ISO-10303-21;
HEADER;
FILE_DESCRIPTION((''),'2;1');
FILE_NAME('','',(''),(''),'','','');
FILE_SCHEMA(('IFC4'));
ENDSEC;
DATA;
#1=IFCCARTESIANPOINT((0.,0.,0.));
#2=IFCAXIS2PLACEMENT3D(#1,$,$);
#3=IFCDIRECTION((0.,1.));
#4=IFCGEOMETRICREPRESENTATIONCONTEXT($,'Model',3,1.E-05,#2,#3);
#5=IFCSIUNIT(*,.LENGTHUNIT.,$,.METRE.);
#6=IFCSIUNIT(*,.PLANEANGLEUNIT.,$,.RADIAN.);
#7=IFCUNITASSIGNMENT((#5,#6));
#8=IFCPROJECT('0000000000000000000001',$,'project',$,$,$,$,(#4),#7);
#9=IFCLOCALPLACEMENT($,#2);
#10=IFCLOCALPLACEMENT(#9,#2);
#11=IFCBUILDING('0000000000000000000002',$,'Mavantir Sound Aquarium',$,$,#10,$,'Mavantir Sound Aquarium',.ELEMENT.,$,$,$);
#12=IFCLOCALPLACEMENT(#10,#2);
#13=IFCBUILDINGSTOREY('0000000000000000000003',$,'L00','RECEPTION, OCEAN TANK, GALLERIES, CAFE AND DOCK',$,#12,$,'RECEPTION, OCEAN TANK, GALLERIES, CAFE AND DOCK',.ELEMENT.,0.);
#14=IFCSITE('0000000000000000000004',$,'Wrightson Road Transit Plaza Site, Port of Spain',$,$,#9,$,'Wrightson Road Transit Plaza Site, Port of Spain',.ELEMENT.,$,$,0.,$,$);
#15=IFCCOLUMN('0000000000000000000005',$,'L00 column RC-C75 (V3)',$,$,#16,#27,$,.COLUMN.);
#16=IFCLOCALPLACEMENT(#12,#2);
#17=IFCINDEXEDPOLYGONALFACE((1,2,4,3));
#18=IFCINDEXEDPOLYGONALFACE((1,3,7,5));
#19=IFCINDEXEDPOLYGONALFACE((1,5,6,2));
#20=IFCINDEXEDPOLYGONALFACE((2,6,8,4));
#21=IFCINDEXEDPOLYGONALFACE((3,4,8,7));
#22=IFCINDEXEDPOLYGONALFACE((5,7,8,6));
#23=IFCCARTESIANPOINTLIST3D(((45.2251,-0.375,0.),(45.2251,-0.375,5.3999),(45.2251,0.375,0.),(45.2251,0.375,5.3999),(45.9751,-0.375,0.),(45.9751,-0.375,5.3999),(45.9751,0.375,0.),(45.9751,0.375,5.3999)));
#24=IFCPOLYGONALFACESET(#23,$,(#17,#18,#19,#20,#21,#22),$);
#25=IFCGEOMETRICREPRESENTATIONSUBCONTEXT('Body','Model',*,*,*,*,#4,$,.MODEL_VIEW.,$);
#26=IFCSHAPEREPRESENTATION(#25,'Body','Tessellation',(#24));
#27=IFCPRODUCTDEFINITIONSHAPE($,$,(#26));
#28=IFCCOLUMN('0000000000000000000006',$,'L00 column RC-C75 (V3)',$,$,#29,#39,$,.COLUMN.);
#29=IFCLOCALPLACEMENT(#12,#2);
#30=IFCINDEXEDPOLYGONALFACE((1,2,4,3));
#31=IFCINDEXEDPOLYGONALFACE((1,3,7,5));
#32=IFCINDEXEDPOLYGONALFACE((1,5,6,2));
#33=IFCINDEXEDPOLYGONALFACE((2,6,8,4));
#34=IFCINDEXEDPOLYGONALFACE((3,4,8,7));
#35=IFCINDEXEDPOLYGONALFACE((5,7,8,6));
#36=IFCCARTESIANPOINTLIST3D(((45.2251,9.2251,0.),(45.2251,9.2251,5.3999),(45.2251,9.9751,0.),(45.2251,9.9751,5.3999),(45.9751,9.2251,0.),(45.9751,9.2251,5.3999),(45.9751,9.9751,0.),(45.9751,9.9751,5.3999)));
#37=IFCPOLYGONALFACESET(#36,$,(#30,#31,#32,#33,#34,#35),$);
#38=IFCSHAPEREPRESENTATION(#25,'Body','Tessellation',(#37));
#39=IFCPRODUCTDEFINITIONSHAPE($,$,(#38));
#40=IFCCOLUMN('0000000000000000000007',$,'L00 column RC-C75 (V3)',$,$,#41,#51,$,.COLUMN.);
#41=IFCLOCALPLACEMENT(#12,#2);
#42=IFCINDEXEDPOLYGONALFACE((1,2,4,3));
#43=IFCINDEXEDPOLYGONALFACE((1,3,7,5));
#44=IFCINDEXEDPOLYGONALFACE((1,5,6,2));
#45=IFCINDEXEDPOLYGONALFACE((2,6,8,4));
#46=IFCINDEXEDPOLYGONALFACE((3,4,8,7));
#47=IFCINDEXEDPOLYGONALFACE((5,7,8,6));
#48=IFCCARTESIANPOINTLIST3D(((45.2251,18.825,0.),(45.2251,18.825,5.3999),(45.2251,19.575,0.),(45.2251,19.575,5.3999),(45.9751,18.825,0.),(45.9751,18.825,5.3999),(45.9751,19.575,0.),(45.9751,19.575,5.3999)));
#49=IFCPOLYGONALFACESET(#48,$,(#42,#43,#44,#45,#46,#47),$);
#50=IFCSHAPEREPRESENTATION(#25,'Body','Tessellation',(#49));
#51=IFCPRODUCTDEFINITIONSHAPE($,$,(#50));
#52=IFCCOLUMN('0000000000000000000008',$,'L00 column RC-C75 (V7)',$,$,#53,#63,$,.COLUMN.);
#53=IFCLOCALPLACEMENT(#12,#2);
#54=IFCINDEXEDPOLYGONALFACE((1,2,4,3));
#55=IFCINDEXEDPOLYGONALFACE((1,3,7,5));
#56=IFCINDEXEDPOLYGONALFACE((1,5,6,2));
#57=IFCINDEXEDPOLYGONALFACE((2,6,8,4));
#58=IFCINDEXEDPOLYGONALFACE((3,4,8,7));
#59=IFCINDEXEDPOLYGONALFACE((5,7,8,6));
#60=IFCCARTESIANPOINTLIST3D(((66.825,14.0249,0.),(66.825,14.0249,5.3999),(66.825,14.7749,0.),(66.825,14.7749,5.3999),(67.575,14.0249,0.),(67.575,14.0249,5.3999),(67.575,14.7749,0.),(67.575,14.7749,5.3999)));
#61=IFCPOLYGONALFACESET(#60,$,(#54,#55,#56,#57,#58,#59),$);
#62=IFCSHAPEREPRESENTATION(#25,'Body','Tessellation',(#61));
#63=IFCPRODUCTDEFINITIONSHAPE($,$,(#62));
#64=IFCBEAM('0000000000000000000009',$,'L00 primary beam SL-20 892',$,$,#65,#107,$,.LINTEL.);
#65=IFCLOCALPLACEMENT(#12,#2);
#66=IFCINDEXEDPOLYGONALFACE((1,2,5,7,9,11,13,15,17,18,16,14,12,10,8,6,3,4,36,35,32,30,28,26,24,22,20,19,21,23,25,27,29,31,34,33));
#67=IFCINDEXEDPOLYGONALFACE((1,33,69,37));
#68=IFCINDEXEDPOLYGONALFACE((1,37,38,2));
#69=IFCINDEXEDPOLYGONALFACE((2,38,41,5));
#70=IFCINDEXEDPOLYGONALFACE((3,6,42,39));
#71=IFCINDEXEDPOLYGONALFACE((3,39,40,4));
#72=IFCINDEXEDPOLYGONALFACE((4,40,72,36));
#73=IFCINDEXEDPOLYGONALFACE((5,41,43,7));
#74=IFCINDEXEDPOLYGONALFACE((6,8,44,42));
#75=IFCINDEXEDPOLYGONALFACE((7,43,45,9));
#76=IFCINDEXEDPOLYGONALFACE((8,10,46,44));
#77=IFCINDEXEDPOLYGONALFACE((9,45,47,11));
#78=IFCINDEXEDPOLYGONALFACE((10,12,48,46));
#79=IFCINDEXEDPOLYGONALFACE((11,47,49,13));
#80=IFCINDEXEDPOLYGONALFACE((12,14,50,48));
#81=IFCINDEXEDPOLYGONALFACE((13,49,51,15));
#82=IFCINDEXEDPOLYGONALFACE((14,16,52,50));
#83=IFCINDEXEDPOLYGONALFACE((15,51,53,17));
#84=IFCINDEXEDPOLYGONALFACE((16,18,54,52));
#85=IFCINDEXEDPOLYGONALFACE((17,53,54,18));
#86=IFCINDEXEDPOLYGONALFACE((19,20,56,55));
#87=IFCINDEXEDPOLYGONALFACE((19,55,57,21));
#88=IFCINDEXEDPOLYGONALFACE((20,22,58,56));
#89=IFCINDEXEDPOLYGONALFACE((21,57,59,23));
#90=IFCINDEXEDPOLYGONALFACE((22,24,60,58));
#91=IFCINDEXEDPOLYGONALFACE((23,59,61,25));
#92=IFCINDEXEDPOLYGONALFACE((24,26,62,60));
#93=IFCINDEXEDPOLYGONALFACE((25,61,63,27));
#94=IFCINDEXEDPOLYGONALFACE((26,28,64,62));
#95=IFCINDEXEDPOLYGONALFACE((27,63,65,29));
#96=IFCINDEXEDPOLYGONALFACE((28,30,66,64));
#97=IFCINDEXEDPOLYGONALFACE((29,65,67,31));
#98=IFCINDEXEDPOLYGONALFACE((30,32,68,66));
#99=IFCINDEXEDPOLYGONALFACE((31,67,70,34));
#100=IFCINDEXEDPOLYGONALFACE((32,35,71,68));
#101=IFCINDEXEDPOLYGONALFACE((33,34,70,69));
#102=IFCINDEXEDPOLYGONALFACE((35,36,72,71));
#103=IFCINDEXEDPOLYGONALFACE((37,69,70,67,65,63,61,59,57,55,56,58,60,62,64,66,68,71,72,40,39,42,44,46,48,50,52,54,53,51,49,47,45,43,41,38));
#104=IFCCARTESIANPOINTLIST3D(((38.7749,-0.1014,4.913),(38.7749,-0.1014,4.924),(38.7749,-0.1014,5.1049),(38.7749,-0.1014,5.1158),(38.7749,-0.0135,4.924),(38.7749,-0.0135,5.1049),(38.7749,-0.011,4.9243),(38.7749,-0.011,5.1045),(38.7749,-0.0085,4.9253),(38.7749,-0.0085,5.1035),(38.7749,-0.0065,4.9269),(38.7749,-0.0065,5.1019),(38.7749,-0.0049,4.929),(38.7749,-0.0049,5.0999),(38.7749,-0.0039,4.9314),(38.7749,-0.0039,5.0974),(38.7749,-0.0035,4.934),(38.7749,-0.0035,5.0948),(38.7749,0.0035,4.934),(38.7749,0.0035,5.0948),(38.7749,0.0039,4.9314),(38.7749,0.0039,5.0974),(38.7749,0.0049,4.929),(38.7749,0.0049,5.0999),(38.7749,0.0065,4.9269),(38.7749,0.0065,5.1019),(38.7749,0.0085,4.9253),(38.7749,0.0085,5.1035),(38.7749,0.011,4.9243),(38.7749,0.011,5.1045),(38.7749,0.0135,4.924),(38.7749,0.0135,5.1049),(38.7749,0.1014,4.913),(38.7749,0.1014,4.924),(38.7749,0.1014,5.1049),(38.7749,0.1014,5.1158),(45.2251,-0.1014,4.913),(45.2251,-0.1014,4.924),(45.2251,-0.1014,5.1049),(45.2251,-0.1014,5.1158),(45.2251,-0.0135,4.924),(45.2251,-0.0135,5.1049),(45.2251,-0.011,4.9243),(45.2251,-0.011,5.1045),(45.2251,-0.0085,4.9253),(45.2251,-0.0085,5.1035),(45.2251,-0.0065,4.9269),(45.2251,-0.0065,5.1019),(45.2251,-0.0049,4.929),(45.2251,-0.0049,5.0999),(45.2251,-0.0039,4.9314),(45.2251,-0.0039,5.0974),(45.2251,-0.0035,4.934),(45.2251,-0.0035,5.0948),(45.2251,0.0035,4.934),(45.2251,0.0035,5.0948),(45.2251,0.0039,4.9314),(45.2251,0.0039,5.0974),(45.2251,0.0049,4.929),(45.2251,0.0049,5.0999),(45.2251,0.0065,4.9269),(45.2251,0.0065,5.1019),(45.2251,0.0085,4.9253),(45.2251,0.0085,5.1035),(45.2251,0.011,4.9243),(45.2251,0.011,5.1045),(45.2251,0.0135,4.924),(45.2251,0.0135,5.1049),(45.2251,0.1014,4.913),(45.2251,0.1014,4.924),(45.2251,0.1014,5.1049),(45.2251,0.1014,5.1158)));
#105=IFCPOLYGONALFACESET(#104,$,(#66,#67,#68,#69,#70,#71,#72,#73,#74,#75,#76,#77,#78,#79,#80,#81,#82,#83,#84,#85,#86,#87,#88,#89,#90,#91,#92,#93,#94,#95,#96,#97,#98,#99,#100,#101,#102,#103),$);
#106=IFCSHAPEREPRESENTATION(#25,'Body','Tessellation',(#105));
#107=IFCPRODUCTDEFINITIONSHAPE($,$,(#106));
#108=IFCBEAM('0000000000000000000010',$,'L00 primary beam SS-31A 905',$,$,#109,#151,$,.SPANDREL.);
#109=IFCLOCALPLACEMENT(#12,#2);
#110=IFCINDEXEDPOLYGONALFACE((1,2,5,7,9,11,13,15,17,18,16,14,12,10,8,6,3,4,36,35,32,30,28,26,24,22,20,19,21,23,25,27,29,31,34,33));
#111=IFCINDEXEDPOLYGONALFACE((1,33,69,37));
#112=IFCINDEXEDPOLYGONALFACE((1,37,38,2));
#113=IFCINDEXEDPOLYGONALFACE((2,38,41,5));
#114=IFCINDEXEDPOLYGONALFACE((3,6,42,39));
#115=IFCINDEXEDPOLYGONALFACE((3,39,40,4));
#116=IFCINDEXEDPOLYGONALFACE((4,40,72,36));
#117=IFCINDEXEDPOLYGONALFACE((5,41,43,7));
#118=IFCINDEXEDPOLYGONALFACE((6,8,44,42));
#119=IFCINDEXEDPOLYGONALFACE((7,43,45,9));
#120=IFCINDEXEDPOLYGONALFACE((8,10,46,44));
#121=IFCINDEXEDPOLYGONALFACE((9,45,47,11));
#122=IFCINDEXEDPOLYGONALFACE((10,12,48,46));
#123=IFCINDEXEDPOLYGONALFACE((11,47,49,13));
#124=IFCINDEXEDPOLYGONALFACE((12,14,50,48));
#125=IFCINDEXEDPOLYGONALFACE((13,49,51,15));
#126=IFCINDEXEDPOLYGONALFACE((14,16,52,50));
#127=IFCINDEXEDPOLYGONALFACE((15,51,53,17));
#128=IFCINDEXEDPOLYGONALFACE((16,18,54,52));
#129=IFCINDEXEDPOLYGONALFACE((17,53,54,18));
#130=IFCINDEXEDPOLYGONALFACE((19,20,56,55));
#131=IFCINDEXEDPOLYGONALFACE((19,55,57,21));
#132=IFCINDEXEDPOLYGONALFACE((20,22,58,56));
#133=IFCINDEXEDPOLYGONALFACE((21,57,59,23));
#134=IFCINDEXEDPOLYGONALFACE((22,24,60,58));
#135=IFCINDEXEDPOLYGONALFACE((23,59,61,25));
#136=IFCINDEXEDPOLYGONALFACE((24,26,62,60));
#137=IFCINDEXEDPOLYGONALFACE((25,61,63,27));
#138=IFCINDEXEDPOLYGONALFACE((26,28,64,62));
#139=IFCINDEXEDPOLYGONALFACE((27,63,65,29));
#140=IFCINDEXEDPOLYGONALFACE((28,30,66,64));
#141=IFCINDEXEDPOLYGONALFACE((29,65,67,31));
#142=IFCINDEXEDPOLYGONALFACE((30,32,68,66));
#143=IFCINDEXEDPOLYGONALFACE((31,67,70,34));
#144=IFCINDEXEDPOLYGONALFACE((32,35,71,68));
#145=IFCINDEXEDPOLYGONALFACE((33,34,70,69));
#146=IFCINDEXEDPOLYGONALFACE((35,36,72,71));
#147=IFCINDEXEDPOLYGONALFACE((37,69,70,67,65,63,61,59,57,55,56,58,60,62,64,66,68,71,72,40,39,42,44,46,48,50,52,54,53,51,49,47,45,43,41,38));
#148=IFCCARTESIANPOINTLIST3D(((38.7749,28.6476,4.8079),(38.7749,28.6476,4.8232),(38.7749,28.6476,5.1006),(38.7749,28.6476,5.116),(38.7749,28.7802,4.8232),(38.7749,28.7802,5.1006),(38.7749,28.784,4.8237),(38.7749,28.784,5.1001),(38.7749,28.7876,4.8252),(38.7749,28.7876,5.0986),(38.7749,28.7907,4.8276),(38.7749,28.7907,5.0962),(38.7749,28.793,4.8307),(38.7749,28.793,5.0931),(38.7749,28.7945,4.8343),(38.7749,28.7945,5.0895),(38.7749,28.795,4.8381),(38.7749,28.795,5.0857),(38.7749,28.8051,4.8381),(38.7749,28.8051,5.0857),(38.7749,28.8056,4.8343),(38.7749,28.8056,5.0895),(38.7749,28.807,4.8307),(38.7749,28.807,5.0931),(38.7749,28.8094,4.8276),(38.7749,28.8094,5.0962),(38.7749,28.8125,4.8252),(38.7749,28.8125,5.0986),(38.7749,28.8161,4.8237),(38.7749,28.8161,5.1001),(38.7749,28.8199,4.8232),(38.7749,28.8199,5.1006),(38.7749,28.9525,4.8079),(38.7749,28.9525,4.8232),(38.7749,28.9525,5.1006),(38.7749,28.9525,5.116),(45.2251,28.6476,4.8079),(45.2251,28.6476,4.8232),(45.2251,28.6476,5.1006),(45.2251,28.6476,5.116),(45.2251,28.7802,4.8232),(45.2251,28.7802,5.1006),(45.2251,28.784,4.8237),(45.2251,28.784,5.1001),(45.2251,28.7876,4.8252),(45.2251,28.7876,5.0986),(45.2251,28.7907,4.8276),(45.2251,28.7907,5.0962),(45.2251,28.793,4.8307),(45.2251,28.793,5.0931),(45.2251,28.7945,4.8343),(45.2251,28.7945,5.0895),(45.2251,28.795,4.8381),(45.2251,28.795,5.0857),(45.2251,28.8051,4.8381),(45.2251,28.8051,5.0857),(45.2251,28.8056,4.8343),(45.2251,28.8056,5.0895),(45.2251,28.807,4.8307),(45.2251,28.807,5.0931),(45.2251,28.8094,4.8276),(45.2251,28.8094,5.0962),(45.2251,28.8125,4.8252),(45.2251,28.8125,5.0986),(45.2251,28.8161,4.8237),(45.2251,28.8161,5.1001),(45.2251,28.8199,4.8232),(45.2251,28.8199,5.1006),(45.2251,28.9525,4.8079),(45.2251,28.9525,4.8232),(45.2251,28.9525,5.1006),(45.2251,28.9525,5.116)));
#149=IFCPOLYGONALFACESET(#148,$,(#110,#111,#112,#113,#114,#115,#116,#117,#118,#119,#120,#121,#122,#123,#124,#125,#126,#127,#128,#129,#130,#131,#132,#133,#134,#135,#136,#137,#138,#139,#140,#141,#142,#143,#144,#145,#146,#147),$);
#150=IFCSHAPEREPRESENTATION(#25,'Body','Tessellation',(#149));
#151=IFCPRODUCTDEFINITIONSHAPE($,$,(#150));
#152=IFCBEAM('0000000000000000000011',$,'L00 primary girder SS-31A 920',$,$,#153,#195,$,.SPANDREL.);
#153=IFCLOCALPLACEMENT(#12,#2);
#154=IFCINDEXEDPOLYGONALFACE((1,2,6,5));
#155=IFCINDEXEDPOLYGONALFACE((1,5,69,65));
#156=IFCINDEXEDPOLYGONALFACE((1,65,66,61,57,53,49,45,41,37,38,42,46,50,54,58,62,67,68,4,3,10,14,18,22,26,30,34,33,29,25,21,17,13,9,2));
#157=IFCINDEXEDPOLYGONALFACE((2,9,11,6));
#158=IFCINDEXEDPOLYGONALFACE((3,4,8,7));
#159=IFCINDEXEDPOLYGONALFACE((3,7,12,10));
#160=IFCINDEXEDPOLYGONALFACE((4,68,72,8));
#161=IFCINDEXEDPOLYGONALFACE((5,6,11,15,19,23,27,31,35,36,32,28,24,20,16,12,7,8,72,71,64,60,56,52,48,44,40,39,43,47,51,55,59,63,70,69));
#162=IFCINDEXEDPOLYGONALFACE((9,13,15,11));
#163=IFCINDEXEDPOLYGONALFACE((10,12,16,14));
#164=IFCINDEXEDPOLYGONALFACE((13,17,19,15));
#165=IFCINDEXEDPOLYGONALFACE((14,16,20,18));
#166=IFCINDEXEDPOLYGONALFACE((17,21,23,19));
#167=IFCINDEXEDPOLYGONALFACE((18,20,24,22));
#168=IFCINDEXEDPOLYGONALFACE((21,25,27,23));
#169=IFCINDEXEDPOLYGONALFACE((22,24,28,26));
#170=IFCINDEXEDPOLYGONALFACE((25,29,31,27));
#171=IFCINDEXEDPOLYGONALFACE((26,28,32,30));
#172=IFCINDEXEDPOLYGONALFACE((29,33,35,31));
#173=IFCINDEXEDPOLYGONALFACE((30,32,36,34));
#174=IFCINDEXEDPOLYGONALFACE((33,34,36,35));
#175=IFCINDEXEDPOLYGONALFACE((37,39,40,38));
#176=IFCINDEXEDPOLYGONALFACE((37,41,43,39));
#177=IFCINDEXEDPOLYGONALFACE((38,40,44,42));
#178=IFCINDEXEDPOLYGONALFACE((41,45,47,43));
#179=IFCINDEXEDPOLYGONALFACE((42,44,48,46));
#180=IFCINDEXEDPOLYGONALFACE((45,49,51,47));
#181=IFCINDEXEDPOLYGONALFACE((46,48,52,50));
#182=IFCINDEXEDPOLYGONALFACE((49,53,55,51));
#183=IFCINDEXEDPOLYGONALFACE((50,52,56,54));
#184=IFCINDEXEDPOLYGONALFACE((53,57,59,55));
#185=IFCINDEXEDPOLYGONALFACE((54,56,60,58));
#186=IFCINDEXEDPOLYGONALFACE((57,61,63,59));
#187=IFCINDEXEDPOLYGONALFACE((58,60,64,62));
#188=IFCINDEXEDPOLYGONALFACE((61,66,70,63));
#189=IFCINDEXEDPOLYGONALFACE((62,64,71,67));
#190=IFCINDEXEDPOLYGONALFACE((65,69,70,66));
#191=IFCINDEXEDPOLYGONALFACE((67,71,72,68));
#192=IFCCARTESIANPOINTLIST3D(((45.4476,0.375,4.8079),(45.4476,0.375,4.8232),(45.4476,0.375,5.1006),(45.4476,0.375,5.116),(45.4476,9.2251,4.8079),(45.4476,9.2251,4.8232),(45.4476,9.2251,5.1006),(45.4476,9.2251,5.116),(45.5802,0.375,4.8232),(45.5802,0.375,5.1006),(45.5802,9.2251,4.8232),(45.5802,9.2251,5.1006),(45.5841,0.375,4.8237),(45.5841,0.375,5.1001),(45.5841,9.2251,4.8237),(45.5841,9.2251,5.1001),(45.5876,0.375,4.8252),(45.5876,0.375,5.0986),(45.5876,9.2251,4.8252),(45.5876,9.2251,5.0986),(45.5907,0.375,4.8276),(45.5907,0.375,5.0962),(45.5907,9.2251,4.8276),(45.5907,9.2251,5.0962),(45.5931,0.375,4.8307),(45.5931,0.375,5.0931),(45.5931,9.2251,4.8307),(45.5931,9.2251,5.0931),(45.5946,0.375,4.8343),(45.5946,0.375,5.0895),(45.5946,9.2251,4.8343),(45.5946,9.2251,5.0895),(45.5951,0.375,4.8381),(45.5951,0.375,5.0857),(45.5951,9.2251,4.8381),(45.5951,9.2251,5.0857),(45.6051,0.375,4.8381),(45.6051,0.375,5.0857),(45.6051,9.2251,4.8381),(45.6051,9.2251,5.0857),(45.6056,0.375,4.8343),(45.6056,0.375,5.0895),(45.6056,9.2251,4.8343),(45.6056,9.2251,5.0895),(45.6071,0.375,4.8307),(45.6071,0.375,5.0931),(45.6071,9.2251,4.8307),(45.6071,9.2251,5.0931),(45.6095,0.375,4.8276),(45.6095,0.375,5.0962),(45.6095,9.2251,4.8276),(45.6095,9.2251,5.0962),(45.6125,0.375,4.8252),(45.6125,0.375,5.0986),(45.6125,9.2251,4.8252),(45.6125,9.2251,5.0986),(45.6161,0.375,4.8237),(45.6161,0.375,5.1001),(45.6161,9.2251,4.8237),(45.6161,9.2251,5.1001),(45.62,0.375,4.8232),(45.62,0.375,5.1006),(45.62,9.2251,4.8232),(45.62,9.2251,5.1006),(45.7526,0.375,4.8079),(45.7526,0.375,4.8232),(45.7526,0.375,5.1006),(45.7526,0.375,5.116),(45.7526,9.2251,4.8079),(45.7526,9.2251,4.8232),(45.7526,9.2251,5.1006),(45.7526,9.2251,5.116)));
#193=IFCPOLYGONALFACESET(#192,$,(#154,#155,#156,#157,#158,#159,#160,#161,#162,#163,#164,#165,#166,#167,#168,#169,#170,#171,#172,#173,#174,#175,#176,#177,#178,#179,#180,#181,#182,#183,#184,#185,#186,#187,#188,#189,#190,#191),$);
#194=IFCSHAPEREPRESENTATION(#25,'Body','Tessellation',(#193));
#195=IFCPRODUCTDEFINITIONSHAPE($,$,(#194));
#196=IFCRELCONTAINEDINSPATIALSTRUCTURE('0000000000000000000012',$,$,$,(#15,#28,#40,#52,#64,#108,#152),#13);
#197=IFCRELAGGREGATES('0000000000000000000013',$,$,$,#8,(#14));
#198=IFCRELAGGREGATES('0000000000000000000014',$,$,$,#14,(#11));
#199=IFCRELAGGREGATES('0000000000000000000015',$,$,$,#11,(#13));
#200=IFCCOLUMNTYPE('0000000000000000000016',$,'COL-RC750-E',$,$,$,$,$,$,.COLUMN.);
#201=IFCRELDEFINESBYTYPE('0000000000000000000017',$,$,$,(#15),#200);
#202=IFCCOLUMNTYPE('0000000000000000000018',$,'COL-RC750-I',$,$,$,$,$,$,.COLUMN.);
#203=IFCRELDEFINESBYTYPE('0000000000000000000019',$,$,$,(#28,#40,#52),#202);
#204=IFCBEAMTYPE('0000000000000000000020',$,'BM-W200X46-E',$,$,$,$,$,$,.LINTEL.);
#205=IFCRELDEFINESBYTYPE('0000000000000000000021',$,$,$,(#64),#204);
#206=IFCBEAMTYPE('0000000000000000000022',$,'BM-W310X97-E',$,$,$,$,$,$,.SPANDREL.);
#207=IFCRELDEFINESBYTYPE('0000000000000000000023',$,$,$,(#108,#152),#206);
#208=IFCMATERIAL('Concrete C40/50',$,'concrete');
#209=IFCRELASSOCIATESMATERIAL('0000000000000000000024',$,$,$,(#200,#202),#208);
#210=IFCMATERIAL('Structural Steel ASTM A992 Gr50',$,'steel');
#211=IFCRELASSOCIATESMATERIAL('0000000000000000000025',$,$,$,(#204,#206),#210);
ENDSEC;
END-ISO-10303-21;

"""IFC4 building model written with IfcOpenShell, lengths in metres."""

from ifc_helpers import new_model, si_unit, direction, frame, origin, origin_2d, place, context, subcontext, project, spatial, rectangle, i_section, extrude, material, material_profile, profile_set, type_object, element, save


model = new_model("IFC4")

# Units and contexts
model_context = context("Model", 3, precision=1e-05, world=origin(), true_north=direction((0.0, 1.0)))
body_context = subcontext(model_context, "Body", "Model", "MODEL_VIEW")
ifc_project = project(units=[si_unit("LENGTHUNIT", "METRE"), si_unit("PLANEANGLEUNIT", "RADIAN")], contexts=[model_context])

# Site, building, storey
site_placement = place(None, origin())
site = spatial("IfcSite", under=ifc_project, at=site_placement, Name="Wrightson Road Transit Plaza Site, Port of Spain", LongName="Wrightson Road Transit Plaza Site, Port of Spain", CompositionType="ELEMENT", RefElevation=0.0)
building_placement = place(site_placement, origin())
building = spatial("IfcBuilding", under=site, at=building_placement, Name="Mavantir Sound Aquarium", LongName="Mavantir Sound Aquarium", CompositionType="ELEMENT")
storey_placement = place(building_placement, origin())
storey = spatial("IfcBuildingStorey", under=building, at=storey_placement, Name="L00", Description="RECEPTION, OCEAN TANK, GALLERIES, CAFE AND DOCK", LongName="RECEPTION, OCEAN TANK, GALLERIES, CAFE AND DOCK", CompositionType="ELEMENT", Elevation=0.0)

# Columns
ifc_material_1 = material(Name="Concrete C40/50", Category="concrete")
ifc_material_profile_1 = material_profile(ifc_material_1, rectangle(XDim=0.75, YDim=0.75, at=origin_2d()), Name="RC 750X750")
ifc_profile_set_1 = profile_set([ifc_material_profile_1], Name="Concrete C40/50")
column_type_1 = type_object("IfcColumnType", Name="COL-RC750-E", PredefinedType="COLUMN", material=ifc_profile_set_1)
column_placement = place(storey_placement, frame((45.6001, 0.0, 0.0), z_axis=(0.0, 0.0, 1.0), x_axis=(1.0, 0.0, 0.0)))
element("IfcColumn", 1, at=column_placement, inside=storey, type_object=column_type_1, Name="L00 column RC-C75 (V3)", PredefinedType="COLUMN", context=body_context, shape_type="SweptSolid", body=[
    extrude(rectangle(XDim=0.75, YDim=0.75, at=origin_2d()), origin(), (0.0, 0.0, 1.0), 5.3999),
])
ifc_material_profile_2 = material_profile(ifc_material_1, rectangle(XDim=0.75, YDim=0.75, at=origin_2d()), Name="RC 750X750")
ifc_profile_set_2 = profile_set([ifc_material_profile_2], Name="Concrete C40/50")
column_type_2 = type_object("IfcColumnType", Name="COL-RC750-I", PredefinedType="COLUMN", material=ifc_profile_set_2)
for number, where, z_axis, x_axis, name in (
    (2, (45.6001, 9.6001, 0.0), (0.0, 0.0, 1.0), (1.0, 0.0, 0.0), "L00 column RC-C75 (V3)"),
    (3, (45.6001, 19.2, 0.0), (0.0, 0.0, 1.0), (1.0, 0.0, 0.0), "L00 column RC-C75 (V3)"),
    (4, (67.2, 14.3999, 0.0), (0.0, 0.0, 1.0), (1.0, 0.0, 0.0), "L00 column RC-C75 (V7)"),
):
    element("IfcColumn", number, at=place(storey_placement, frame(where, z_axis=z_axis, x_axis=x_axis)), inside=storey, type_object=column_type_2, Name=name, PredefinedType="COLUMN", context=body_context, shape_type="SweptSolid", body=[
        extrude(rectangle(XDim=0.75, YDim=0.75, at=origin_2d()), origin(), (0.0, 0.0, 1.0), 5.3999),
    ])

# Beams
ifc_material_2 = material(Name="Structural Steel ASTM A992 Gr50", Category="steel")
ifc_material_profile_3 = material_profile(ifc_material_2, i_section(OverallWidth=0.2029, OverallDepth=0.2029, WebThickness=0.0071, FlangeThickness=0.011, FilletRadius=0.01, at=origin_2d()), Name="W200X46")
ifc_profile_set_3 = profile_set([ifc_material_profile_3], Name="Structural Steel ASTM A992 Gr50")
beam_type_1 = type_object("IfcBeamType", Name="BM-W200X46-E", PredefinedType="LINTEL", material=ifc_profile_set_3)
beam_1_placement = place(storey_placement, frame((38.7749, 0.0, 5.0144), z_axis=(1.0, 0.0, 0.0), x_axis=(0.0, 1.0, 0.0)))
element("IfcBeam", 5, at=beam_1_placement, inside=storey, type_object=beam_type_1, Name="L00 primary beam SL-20 892", PredefinedType="LINTEL", context=body_context, shape_type="SweptSolid", body=[
    extrude(i_section(OverallWidth=0.2029, OverallDepth=0.2029, WebThickness=0.0071, FlangeThickness=0.011, FilletRadius=0.01, at=origin_2d()), origin(), (0.0, 0.0, 1.0), 6.4502),
])
ifc_material_profile_4 = material_profile(ifc_material_2, i_section(OverallWidth=0.3049, OverallDepth=0.3081, WebThickness=0.01, FlangeThickness=0.0154, FilletRadius=0.0149, at=origin_2d()), Name="W310X97")
ifc_profile_set_4 = profile_set([ifc_material_profile_4], Name="Structural Steel ASTM A992 Gr50")
beam_type_2 = type_object("IfcBeamType", Name="BM-W310X97-E", PredefinedType="SPANDREL", material=ifc_profile_set_4)
beam_2_placement = place(storey_placement, frame((38.7749, 28.8, 4.9619), z_axis=(1.0, 0.0, 0.0), x_axis=(0.0, 1.0, 0.0)))
element("IfcBeam", 6, at=beam_2_placement, inside=storey, type_object=beam_type_2, Name="L00 primary beam SS-31A 905", PredefinedType="SPANDREL", context=body_context, shape_type="SweptSolid", body=[
    extrude(i_section(OverallWidth=0.3049, OverallDepth=0.3081, WebThickness=0.01, FlangeThickness=0.0154, FilletRadius=0.0149, at=origin_2d()), origin(), (0.0, 0.0, 1.0), 6.4502),
])
beam_3_placement = place(storey_placement, frame((45.6001, 0.375, 4.9619), z_axis=(0.0, 1.0, 0.0), x_axis=(-1.0, 0.0, 0.0)))
element("IfcBeam", 7, at=beam_3_placement, inside=storey, type_object=beam_type_2, Name="L00 primary girder SS-31A 920", PredefinedType="SPANDREL", context=body_context, shape_type="SweptSolid", body=[
    extrude(i_section(OverallWidth=0.3049, OverallDepth=0.3081, WebThickness=0.01, FlangeThickness=0.0154, FilletRadius=0.0149, at=origin_2d()), origin(), (0.0, 0.0, 1.0), 8.8501),
])

save(model, "model.ifc")
